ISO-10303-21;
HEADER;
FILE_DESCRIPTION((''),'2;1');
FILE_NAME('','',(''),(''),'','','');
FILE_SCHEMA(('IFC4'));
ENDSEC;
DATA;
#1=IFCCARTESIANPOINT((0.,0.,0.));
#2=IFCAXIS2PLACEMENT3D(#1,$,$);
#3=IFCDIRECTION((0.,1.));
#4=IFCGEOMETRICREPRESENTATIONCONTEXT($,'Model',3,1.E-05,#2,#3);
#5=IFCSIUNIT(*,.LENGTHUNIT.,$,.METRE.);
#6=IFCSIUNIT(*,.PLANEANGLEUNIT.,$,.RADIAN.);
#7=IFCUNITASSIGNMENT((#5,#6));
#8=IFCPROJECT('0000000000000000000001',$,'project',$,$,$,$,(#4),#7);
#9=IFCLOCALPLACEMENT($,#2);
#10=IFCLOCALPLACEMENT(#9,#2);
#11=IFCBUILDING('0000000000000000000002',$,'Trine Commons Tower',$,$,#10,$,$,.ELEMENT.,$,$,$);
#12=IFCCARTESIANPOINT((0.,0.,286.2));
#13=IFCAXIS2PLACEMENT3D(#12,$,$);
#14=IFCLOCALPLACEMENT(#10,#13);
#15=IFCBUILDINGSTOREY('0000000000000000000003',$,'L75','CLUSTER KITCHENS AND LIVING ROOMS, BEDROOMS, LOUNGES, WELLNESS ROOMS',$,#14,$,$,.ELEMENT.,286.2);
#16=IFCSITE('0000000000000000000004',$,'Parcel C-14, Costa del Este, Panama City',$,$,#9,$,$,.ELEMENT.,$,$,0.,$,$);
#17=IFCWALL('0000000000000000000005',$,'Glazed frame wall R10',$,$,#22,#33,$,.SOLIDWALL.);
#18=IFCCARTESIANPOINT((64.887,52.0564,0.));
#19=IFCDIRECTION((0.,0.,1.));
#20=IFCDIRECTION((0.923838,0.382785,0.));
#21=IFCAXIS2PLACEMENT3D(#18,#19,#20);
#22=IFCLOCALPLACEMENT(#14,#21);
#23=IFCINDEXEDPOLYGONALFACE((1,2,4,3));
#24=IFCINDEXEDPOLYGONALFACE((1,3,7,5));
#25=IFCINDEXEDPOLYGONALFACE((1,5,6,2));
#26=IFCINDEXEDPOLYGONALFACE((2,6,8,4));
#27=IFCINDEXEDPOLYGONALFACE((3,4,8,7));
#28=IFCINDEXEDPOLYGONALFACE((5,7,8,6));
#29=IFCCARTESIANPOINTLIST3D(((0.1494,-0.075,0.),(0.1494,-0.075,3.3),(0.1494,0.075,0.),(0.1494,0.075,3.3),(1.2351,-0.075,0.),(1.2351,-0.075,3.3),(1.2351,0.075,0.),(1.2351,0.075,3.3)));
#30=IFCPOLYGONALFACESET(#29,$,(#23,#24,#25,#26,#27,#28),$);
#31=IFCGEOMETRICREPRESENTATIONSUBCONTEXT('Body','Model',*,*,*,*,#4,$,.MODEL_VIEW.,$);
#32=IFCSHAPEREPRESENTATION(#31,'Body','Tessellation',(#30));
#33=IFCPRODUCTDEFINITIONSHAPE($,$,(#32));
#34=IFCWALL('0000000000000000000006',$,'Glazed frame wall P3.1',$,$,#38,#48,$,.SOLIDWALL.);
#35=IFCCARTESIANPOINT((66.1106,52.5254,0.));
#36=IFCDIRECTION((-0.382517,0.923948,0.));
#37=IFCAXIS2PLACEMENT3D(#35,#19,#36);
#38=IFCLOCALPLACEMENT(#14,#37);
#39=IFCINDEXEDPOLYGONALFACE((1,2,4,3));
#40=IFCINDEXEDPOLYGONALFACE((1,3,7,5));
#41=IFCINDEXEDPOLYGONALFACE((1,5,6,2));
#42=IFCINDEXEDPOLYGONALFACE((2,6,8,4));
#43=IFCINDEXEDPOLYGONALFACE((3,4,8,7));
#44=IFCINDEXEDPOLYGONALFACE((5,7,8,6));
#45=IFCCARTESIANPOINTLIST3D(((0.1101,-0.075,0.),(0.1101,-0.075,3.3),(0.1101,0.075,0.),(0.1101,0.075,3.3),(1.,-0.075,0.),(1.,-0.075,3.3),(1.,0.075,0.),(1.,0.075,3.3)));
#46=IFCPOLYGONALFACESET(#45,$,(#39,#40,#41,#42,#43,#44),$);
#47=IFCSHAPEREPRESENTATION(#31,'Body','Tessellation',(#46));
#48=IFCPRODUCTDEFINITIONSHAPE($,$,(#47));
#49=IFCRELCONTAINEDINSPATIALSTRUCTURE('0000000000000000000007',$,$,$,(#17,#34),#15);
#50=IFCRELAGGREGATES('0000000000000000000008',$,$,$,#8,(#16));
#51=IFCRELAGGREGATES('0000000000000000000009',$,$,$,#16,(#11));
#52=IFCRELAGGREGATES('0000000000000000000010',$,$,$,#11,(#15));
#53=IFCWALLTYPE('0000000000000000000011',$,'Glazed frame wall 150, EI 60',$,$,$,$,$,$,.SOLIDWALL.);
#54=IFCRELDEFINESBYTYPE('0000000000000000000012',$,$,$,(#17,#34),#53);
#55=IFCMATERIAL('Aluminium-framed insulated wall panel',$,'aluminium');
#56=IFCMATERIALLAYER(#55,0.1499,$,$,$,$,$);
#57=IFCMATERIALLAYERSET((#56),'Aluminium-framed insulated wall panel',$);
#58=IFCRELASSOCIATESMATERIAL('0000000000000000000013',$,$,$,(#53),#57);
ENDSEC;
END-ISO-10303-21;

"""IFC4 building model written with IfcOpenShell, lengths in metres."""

from ifc_helpers import new_model, si_unit, direction, frame, origin, place, context, subcontext, project, spatial, polyline, outline, extrude, material, layer, layer_set, type_object, element, save


model = new_model("IFC4")

# Units and contexts
model_context = context("Model", 3, precision=1e-05, world=origin(), true_north=direction((0.0, 1.0)))
body_context = subcontext(model_context, "Body", "Model", "MODEL_VIEW")
ifc_project = project(units=[si_unit("LENGTHUNIT", "METRE"), si_unit("PLANEANGLEUNIT", "RADIAN")], contexts=[model_context])

# Site, building, storey
site_placement = place(None, origin())
site = spatial("IfcSite", under=ifc_project, at=site_placement, Name="Parcel C-14, Costa del Este, Panama City", CompositionType="ELEMENT", RefElevation=0.0)
building_placement = place(site_placement, origin())
building = spatial("IfcBuilding", under=site, at=building_placement, Name="Trine Commons Tower", CompositionType="ELEMENT")
storey_placement = place(building_placement, frame((0.0, 0.0, 286.2)))
storey = spatial("IfcBuildingStorey", under=building, at=storey_placement, Name="L75", Description="CLUSTER KITCHENS AND LIVING ROOMS, BEDROOMS, LOUNGES, WELLNESS ROOMS", CompositionType="ELEMENT", Elevation=286.2)

# Walls
ifc_material_1 = material(Name="Aluminium-framed insulated wall panel", Category="aluminium")
ifc_layer_1 = layer(ifc_material_1, 0.1499)
ifc_layer_set_1 = layer_set([ifc_layer_1], Name="Aluminium-framed insulated wall panel")
wall_type_1 = type_object("IfcWallType", Name="Glazed frame wall 150, EI 60", PredefinedType="SOLIDWALL", material=ifc_layer_set_1)
wall_1_placement = place(storey_placement, frame((64.887, 52.0564, 0.0), z_axis=(0.0, 0.0, 1.0), x_axis=(0.923838, 0.382785, 0.0)))
element("IfcWall", 1, at=wall_1_placement, inside=storey, type_object=wall_type_1, Name="Glazed frame wall R10", PredefinedType="SOLIDWALL", context=body_context, shape_type="SweptSolid", body=[
    extrude(outline(polyline([(0.1494, 0.075), (0.1494, -0.075), (1.2351, -0.075), (1.2351, 0.075), (0.1494, 0.075)])), origin(), (0.0, 0.0, 1.0), 3.3),
])
wall_2_placement = place(storey_placement, frame((66.1106, 52.5254, 0.0), z_axis=(0.0, 0.0, 1.0), x_axis=(-0.382517, 0.923948, 0.0)))
element("IfcWall", 2, at=wall_2_placement, inside=storey, type_object=wall_type_1, Name="Glazed frame wall P3.1", PredefinedType="SOLIDWALL", context=body_context, shape_type="SweptSolid", body=[
    extrude(outline(polyline([(0.1101, -0.075), (1.0, -0.075), (1.0, 0.075), (0.1101, 0.075), (0.1101, -0.075)])), origin(), (0.0, 0.0, 1.0), 3.3),
])

save(model, "model.ifc")
